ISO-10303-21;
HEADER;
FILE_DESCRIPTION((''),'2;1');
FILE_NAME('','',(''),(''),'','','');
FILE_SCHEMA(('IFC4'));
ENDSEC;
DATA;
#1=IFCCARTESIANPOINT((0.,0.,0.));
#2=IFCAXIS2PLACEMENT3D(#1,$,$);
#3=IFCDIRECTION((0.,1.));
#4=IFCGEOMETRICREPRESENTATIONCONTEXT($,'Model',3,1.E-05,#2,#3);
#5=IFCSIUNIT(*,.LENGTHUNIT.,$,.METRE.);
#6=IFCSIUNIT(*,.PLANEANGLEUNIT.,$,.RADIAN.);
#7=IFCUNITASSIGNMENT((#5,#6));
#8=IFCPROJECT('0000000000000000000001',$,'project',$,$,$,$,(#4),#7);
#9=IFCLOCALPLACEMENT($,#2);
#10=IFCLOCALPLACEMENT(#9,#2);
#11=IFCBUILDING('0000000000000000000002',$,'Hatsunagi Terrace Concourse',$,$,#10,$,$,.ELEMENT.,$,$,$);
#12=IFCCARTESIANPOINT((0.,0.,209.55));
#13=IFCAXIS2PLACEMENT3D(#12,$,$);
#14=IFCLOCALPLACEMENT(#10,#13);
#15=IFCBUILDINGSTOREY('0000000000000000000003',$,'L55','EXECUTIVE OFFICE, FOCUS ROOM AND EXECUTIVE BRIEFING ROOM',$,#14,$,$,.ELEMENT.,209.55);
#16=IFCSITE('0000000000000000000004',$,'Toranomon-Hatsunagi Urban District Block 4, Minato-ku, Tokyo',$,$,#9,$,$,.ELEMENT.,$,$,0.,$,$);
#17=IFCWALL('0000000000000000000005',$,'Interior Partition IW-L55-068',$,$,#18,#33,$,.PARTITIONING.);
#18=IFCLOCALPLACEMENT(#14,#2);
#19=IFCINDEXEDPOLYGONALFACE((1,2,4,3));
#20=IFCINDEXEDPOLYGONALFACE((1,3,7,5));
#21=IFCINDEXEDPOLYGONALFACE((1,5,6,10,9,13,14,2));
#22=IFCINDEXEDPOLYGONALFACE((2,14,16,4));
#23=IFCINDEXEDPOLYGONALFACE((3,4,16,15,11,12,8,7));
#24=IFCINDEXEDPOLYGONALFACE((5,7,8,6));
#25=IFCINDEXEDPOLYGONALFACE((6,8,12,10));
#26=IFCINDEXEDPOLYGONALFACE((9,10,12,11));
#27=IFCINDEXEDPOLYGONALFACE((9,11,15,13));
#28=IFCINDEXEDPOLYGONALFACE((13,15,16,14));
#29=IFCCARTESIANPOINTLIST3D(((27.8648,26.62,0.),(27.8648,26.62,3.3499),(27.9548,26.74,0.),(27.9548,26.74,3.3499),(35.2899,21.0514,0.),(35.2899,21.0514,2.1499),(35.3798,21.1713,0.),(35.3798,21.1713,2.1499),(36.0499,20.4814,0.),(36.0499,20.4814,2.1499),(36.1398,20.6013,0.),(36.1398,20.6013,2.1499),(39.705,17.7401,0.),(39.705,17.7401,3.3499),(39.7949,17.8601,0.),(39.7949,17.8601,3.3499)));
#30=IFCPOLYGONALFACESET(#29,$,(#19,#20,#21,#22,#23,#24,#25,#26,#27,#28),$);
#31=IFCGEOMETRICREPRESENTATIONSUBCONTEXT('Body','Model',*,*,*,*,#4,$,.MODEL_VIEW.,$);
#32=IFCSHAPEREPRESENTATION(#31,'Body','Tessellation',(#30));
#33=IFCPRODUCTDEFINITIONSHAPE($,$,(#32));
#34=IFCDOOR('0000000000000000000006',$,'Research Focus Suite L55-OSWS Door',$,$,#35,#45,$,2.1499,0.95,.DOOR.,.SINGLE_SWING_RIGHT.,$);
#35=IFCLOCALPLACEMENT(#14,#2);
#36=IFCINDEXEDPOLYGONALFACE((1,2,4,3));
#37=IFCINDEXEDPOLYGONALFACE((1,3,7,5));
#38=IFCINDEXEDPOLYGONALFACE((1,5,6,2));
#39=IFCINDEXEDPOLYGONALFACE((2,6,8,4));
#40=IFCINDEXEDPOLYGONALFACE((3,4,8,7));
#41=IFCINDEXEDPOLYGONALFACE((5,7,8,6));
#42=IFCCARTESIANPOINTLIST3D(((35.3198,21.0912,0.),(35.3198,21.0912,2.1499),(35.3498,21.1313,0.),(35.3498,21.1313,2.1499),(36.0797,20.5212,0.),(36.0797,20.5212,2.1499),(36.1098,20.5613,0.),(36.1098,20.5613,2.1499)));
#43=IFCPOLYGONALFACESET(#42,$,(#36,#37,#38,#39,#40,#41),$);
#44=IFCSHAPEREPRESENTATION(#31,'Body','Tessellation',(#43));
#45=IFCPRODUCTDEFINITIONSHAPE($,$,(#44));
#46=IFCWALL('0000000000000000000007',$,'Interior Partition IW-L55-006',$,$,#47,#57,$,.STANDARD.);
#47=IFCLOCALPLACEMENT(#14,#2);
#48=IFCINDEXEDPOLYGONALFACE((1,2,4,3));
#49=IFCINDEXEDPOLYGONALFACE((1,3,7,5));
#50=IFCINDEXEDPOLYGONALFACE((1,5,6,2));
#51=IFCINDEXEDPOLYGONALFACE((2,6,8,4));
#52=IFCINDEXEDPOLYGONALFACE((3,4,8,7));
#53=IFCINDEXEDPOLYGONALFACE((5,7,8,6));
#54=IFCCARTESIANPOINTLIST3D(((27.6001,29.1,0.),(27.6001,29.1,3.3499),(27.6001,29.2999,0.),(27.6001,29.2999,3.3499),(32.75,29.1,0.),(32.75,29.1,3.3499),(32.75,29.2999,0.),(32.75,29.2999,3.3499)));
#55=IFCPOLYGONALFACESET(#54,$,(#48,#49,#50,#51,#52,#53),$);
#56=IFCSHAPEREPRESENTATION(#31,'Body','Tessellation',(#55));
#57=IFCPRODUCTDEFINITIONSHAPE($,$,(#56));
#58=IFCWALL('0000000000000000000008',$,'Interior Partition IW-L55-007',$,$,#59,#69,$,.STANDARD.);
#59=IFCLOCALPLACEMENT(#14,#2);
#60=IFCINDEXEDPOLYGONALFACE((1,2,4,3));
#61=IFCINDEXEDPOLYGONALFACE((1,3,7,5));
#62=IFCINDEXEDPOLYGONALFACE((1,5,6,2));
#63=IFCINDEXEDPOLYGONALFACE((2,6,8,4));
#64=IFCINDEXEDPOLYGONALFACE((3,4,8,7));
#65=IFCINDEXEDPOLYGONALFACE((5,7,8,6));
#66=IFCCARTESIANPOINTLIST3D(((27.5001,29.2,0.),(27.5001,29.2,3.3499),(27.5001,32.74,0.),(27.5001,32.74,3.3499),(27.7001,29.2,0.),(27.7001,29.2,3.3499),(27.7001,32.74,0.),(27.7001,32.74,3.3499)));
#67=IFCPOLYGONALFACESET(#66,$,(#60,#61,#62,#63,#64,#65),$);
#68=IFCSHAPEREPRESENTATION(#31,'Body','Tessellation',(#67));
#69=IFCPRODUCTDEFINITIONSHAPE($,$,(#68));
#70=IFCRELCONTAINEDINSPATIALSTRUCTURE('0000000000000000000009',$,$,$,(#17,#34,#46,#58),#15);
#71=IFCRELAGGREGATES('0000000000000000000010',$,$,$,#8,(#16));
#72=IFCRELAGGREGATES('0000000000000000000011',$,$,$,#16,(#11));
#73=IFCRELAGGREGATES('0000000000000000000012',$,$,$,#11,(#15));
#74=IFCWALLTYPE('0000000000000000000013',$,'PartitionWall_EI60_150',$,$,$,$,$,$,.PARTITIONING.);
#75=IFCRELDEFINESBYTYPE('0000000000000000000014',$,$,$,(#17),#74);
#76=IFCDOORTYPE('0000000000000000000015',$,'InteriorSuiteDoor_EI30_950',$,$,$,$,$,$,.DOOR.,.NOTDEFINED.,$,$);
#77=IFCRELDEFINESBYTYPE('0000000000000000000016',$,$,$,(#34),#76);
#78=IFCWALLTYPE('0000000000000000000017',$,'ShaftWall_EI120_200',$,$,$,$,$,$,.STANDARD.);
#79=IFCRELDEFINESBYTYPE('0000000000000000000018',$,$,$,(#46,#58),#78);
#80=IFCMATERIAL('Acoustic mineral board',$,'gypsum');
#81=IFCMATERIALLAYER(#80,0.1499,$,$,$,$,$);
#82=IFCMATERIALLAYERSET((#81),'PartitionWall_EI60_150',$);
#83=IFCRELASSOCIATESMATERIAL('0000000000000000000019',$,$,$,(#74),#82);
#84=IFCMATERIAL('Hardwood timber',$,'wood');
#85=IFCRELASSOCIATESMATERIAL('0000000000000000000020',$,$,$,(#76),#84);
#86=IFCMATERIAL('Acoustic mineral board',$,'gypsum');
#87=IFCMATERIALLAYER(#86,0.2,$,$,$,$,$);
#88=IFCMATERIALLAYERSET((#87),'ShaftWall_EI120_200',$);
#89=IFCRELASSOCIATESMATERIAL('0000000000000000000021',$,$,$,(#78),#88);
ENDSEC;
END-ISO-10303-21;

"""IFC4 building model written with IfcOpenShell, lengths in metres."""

from ifc_helpers import new_model, si_unit, direction, frame, frame_2d, origin, place, context, subcontext, project, spatial, rectangle, extrude, material, layer, layer_set, type_object, element, fill, save


model = new_model("IFC4")

# Units and contexts
model_context = context("Model", 3, precision=1e-05, world=origin(), true_north=direction((0.0, 1.0)))
body_context = subcontext(model_context, "Body", "Model", "MODEL_VIEW")
ifc_project = project(units=[si_unit("LENGTHUNIT", "METRE"), si_unit("PLANEANGLEUNIT", "RADIAN")], contexts=[model_context])

# Site, building, storey
site_placement = place(None, origin())
site = spatial("IfcSite", under=ifc_project, at=site_placement, Name="Toranomon-Hatsunagi Urban District Block 4, Minato-ku, Tokyo", CompositionType="ELEMENT", RefElevation=0.0)
building_placement = place(site_placement, origin())
building = spatial("IfcBuilding", under=site, at=building_placement, Name="Hatsunagi Terrace Concourse", CompositionType="ELEMENT")
storey_placement = place(building_placement, frame((0.0, 0.0, 209.55)))
storey = spatial("IfcBuildingStorey", under=building, at=storey_placement, Name="L55", Description="EXECUTIVE OFFICE, FOCUS ROOM AND EXECUTIVE BRIEFING ROOM", CompositionType="ELEMENT", Elevation=209.55)

# Shared definitions
ifc_material_1 = material(Name="Acoustic mineral board", Category="gypsum")
ifc_layer_1 = layer(ifc_material_1, 0.1499)
ifc_layer_set_1 = layer_set([ifc_layer_1], Name="PartitionWall_EI60_150")
wall_type_1 = type_object("IfcWallType", Name="PartitionWall_EI60_150", PredefinedType="PARTITIONING", material=ifc_layer_set_1)

# Shared definitions
ifc_material_2 = material(Name="Hardwood timber", Category="wood")
door_type_1 = type_object("IfcDoorType", Name="InteriorSuiteDoor_EI30_950", OperationType="NOTDEFINED", PredefinedType="DOOR", material=ifc_material_2)

# Wall, opening, door
wall_1_placement = place(storey_placement, frame((27.9099, 26.6799, 0.0), z_axis=(0.0, 0.0, 1.0), x_axis=(0.800006, -0.599992, 0.0)))
wall_1 = element("IfcWall", 1, at=wall_1_placement, inside=storey, type_object=wall_type_1, Name="Interior Partition IW-L55-068", PredefinedType="PARTITIONING", context=body_context, shape_type="SweptSolid", body=[
    extrude(rectangle(XDim=14.8, YDim=0.1499, at=frame_2d((7.3999, 0.0))), origin(), (0.0, 0.0, 1.0), 3.3499),
])
opening_1_placement = place(wall_1_placement, frame((9.281, 0.0, 0.0)))
opening_1 = element("IfcOpeningElement", 2, at=opening_1_placement, cuts=wall_1, PredefinedType="OPENING", context=body_context, shape_type="SweptSolid", body=[
    extrude(rectangle(XDim=0.95, YDim=2.1499, at=frame_2d((0.4751, 1.075))), frame((0.0, 0.085, 0.0), z_axis=(0.0, -1.0, 0.0), x_axis=(1.0, 0.0, 0.0)), (0.0, 0.0, 1.0), 0.1699),
])
door_1_placement = place(opening_1_placement, origin())
door_1 = element("IfcDoor", 3, at=door_1_placement, inside=storey, type_object=door_type_1, Name="Research Focus Suite L55-OSWS Door", OperationType="SINGLE_SWING_RIGHT", OverallHeight=2.1499, OverallWidth=0.95, PredefinedType="DOOR", context=body_context, shape_type="SweptSolid", body=[
    extrude(rectangle(XDim=0.95, YDim=2.1499, at=frame_2d((0.4751, 1.075))), frame((0.0, 0.0249, 0.0), z_axis=(0.0, -1.0, 0.0), x_axis=(1.0, 0.0, 0.0)), (0.0, 0.0, 1.0), 0.05),
])
fill(opening_1, door_1)

# Walls
ifc_material_3 = material(Name="Acoustic mineral board", Category="gypsum")
ifc_layer_2 = layer(ifc_material_3, 0.2)
ifc_layer_set_2 = layer_set([ifc_layer_2], Name="ShaftWall_EI120_200")
wall_type_2 = type_object("IfcWallType", Name="ShaftWall_EI120_200", PredefinedType="STANDARD", material=ifc_layer_set_2)
wall_2_placement = place(storey_placement, frame((27.6001, 29.2, 0.0), z_axis=(0.0, 0.0, 1.0), x_axis=(1.0, 0.0, 0.0)))
element("IfcWall", 4, at=wall_2_placement, inside=storey, type_object=wall_type_2, Name="Interior Partition IW-L55-006", PredefinedType="STANDARD", context=body_context, shape_type="SweptSolid", body=[
    extrude(rectangle(XDim=5.1499, YDim=0.2, at=frame_2d((2.575, 0.0))), origin(), (0.0, 0.0, 1.0), 3.3499),
])
wall_3_placement = place(storey_placement, frame((27.6001, 29.2, 0.0), z_axis=(0.0, 0.0, 1.0), x_axis=(0.0, 1.0, 0.0)))
element("IfcWall", 5, at=wall_3_placement, inside=storey, type_object=wall_type_2, Name="Interior Partition IW-L55-007", PredefinedType="STANDARD", context=body_context, shape_type="SweptSolid", body=[
    extrude(rectangle(XDim=3.54, YDim=0.2, at=frame_2d((1.77, 0.0))), origin(), (0.0, 0.0, 1.0), 3.3499),
])

save(model, "model.ifc")
